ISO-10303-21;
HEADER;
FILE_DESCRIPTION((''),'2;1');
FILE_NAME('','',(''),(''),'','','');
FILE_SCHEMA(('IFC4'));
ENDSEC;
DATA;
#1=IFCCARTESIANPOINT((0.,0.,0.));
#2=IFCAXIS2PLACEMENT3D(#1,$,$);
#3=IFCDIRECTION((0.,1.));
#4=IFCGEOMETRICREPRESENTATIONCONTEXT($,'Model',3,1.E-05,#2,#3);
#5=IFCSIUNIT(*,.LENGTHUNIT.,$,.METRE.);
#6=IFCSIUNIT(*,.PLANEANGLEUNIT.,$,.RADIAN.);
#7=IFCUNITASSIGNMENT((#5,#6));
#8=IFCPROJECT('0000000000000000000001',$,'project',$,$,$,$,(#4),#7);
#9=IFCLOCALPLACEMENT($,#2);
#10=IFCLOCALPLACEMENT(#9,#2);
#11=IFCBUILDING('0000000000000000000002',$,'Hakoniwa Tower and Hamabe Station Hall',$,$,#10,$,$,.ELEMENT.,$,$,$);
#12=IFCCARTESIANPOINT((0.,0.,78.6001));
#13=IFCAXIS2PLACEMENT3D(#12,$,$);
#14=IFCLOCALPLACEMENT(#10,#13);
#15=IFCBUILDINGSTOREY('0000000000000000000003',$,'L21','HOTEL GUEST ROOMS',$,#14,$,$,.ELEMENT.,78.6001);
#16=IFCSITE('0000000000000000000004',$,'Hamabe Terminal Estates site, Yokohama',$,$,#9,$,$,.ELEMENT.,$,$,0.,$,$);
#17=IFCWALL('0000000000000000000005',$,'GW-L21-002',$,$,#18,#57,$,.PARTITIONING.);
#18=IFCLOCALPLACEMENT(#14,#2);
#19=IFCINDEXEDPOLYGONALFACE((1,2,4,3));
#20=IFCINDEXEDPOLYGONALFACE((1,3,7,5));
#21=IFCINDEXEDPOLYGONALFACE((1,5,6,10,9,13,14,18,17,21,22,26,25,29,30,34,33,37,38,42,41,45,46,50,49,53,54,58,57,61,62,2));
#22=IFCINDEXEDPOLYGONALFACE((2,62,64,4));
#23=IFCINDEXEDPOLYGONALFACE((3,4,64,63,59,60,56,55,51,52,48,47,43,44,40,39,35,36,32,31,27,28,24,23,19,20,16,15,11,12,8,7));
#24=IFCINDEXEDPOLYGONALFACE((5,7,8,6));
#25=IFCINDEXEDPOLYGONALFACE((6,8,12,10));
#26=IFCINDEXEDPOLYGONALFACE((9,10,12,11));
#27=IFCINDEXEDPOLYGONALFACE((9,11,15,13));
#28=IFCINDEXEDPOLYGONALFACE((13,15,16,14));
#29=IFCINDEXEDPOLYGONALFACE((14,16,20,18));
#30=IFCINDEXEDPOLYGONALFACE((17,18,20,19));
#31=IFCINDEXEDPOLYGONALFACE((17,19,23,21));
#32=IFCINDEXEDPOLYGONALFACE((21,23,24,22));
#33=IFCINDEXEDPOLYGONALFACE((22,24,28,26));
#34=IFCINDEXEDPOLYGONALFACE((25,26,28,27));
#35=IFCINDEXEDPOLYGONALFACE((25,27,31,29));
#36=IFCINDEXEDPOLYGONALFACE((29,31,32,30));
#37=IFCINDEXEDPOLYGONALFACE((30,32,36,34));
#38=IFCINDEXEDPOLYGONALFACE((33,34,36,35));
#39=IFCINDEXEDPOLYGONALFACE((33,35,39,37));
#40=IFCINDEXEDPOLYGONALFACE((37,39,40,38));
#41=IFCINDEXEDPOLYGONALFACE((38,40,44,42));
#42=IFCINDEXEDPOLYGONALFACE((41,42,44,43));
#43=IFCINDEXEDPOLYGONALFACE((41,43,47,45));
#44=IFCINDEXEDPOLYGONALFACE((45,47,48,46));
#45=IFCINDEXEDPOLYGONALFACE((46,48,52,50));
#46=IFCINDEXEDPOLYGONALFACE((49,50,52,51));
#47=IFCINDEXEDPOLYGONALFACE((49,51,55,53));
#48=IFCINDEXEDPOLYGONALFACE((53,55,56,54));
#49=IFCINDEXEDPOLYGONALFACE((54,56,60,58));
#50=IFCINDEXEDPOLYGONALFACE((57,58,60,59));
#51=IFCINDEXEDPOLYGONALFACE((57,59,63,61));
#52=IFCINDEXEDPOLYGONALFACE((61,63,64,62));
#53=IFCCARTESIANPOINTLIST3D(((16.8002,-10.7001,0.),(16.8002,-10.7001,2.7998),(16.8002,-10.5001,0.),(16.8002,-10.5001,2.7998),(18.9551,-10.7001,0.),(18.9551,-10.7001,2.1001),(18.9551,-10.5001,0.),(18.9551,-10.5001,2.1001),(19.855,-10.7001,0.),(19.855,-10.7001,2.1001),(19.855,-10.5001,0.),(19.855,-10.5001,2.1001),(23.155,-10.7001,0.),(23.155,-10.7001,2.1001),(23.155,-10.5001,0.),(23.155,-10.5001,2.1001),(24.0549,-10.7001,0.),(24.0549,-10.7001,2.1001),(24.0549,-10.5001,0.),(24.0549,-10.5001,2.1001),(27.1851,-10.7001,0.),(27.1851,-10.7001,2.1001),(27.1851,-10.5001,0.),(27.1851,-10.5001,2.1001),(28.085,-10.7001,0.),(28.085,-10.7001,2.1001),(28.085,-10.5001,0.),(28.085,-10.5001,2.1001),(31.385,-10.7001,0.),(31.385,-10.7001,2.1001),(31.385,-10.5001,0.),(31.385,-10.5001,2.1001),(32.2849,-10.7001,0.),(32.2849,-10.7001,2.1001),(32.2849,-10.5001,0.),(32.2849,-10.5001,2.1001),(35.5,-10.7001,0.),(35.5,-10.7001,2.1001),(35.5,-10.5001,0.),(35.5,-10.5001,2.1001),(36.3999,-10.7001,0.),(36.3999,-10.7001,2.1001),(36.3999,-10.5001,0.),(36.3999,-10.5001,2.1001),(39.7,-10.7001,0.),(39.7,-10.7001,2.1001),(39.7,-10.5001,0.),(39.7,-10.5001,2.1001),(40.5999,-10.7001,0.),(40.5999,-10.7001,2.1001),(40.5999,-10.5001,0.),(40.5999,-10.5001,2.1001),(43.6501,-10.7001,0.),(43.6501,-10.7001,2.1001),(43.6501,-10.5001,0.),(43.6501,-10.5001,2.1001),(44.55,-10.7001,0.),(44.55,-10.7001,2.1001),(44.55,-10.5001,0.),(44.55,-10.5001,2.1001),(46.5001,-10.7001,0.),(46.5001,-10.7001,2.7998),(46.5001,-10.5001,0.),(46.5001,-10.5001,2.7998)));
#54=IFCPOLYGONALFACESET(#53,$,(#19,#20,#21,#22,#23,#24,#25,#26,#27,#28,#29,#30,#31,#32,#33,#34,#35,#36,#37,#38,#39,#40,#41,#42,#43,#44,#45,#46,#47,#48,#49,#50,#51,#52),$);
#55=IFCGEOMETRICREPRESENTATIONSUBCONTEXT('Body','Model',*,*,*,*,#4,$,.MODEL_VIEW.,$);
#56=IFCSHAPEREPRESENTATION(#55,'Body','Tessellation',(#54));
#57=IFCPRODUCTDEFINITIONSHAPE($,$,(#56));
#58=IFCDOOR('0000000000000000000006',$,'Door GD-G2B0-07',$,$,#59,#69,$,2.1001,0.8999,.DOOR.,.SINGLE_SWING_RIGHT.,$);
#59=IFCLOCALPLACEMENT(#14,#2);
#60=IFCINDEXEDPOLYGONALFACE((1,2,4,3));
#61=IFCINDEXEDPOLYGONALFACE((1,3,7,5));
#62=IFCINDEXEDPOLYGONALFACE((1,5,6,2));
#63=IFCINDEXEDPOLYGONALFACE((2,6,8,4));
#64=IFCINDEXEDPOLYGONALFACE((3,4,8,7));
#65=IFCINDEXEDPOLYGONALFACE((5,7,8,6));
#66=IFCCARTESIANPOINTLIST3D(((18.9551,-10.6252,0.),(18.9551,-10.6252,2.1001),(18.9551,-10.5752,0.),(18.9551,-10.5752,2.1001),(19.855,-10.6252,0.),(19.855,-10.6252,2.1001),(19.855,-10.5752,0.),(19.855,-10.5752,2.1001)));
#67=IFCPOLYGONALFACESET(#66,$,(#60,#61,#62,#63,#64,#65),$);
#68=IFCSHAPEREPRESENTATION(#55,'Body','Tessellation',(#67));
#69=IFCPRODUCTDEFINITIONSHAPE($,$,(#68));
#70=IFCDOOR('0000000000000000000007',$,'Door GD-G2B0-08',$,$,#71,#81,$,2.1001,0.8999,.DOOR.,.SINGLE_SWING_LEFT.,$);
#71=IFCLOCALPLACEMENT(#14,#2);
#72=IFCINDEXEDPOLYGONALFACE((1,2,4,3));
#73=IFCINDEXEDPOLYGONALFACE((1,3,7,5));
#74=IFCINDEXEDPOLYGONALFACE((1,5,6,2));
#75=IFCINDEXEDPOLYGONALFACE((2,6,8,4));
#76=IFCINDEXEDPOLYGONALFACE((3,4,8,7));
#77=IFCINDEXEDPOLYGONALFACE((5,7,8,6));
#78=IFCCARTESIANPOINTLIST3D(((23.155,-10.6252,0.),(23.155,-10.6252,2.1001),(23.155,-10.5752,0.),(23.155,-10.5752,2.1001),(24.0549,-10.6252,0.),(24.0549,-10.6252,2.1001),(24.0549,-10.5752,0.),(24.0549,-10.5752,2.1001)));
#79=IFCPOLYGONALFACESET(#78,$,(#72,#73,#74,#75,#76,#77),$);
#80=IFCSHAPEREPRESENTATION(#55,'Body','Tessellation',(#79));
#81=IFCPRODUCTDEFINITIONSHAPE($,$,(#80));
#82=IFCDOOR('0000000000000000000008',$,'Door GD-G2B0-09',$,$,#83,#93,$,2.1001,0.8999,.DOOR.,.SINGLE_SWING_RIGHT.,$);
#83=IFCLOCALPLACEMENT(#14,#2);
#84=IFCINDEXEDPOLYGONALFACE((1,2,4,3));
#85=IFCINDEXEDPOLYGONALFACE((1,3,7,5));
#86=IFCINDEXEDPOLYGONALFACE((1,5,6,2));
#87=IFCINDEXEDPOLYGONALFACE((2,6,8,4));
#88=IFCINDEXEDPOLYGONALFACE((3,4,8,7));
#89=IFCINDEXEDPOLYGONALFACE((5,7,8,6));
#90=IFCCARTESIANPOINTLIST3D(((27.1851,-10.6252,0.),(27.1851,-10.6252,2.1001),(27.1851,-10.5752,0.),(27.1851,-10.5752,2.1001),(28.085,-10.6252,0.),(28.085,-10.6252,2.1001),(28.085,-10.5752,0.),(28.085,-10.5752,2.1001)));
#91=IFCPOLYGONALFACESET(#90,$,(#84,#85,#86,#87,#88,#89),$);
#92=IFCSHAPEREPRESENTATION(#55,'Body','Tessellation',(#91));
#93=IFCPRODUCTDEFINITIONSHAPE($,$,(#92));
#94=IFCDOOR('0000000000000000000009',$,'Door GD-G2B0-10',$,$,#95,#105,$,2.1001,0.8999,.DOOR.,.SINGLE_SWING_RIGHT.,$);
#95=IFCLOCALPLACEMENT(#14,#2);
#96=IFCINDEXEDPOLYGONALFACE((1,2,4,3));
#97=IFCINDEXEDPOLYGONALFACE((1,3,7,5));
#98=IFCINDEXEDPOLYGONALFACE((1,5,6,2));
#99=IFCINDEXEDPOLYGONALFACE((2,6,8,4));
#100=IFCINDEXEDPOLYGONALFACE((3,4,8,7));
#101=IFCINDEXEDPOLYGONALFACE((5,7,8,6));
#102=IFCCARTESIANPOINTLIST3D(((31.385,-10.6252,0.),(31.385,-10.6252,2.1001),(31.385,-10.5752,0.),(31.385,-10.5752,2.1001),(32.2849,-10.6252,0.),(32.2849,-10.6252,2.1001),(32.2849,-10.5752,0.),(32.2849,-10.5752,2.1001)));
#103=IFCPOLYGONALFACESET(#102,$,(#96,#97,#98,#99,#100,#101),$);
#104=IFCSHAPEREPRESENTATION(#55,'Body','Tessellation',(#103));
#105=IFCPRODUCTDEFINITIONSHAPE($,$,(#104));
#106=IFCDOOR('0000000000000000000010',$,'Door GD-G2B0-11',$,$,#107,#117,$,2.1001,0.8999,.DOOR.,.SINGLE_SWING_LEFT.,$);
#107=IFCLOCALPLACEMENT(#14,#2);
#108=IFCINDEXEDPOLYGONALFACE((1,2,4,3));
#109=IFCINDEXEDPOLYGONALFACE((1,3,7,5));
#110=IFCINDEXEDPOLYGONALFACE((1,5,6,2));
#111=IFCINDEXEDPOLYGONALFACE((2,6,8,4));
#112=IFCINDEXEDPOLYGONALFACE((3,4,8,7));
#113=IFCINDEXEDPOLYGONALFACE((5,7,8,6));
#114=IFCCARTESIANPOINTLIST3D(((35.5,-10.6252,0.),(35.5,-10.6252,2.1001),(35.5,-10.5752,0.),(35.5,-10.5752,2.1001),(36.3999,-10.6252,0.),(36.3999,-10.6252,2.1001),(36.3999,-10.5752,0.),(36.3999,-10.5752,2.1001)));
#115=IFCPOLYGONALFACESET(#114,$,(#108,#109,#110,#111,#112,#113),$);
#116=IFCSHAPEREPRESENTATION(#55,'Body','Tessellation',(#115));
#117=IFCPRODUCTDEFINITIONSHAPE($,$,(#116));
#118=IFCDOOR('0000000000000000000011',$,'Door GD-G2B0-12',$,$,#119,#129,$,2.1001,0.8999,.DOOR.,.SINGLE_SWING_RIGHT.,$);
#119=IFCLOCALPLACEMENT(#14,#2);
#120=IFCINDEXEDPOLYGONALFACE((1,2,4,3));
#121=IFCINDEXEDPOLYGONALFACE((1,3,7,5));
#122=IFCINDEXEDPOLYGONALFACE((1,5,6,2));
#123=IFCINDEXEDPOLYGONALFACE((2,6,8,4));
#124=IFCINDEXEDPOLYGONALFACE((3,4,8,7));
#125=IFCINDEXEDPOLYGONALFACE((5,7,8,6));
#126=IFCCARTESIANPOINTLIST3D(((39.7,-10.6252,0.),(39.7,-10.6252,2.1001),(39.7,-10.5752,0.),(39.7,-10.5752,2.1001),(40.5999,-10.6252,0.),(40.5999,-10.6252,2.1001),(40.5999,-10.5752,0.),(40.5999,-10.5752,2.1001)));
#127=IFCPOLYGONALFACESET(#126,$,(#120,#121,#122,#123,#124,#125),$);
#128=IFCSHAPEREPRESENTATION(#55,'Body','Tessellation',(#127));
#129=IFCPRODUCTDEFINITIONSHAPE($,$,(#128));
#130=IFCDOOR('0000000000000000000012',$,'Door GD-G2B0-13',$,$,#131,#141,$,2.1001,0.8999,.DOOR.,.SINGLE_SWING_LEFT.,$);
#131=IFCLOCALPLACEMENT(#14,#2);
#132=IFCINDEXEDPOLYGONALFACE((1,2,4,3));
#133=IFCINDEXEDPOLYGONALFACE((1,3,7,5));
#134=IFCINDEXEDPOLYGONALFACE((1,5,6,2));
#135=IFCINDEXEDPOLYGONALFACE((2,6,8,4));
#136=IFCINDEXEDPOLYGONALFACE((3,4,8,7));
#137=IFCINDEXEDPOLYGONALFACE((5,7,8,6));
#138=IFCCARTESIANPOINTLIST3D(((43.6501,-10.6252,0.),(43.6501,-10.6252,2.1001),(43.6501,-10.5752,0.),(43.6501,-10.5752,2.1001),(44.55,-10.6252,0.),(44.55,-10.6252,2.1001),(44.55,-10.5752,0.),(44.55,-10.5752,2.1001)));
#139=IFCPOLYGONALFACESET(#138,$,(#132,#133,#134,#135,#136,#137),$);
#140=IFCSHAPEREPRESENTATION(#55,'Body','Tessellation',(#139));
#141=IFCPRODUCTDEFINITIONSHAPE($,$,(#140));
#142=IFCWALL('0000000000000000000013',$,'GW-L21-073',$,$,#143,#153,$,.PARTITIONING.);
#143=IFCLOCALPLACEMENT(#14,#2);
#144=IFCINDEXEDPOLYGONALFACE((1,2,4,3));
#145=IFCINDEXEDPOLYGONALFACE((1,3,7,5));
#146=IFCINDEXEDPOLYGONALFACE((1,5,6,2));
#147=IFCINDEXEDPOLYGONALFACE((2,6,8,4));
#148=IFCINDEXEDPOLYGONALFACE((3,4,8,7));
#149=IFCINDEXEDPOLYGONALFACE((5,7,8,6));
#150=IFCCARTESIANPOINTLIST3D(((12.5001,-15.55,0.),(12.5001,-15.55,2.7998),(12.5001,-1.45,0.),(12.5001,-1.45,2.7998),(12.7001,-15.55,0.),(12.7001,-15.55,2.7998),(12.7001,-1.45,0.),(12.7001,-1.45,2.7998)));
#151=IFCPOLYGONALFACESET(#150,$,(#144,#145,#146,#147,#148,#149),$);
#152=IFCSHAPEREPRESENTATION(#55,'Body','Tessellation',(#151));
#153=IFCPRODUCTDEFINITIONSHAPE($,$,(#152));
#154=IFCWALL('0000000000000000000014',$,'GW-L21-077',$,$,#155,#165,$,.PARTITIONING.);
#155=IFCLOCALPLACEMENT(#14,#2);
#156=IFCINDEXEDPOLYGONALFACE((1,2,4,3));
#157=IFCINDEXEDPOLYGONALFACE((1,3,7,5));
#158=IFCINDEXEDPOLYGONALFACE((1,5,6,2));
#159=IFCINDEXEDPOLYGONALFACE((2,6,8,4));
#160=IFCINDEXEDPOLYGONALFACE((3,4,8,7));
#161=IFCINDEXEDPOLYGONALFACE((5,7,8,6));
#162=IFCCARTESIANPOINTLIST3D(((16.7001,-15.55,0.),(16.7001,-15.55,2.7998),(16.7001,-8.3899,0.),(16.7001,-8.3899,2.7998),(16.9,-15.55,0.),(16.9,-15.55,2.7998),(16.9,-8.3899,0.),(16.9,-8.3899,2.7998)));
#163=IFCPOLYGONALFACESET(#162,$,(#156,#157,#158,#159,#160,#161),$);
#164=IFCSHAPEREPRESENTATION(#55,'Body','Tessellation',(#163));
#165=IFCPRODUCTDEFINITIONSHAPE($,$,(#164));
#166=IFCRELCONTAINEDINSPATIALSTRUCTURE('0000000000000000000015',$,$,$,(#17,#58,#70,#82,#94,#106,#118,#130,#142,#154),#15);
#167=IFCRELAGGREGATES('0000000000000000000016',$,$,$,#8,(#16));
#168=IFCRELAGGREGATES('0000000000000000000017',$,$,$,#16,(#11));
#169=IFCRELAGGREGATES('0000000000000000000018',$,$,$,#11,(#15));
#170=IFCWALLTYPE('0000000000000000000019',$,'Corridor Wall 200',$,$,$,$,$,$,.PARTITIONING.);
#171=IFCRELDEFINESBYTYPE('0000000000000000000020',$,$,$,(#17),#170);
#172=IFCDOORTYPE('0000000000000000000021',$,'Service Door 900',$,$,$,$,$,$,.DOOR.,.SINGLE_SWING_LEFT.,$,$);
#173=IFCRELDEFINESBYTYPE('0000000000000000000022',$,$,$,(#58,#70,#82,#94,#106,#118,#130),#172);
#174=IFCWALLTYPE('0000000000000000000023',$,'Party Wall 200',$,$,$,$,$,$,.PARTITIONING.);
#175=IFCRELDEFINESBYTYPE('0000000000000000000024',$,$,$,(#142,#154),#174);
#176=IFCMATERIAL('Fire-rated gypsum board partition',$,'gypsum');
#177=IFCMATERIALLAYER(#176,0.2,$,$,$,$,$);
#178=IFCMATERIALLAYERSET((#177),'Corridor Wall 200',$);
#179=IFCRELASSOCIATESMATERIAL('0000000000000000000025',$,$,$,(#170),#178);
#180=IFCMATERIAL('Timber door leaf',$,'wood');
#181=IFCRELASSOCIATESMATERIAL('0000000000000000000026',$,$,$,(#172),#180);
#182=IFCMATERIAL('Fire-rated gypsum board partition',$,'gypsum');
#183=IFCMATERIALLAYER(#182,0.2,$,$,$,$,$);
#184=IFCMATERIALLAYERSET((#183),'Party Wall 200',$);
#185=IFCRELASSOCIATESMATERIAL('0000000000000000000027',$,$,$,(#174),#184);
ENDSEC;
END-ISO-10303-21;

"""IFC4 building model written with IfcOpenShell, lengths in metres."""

from ifc_helpers import new_model, si_unit, direction, frame, frame_2d, origin, place, context, subcontext, project, spatial, rectangle, extrude, material, layer, layer_set, type_object, element, fill, save


model = new_model("IFC4")

# Units and contexts
model_context = context("Model", 3, precision=1e-05, world=origin(), true_north=direction((0.0, 1.0)))
body_context = subcontext(model_context, "Body", "Model", "MODEL_VIEW")
ifc_project = project(units=[si_unit("LENGTHUNIT", "METRE"), si_unit("PLANEANGLEUNIT", "RADIAN")], contexts=[model_context])

# Site, building, storey
site_placement = place(None, origin())
site = spatial("IfcSite", under=ifc_project, at=site_placement, Name="Hamabe Terminal Estates site, Yokohama", CompositionType="ELEMENT", RefElevation=0.0)
building_placement = place(site_placement, origin())
building = spatial("IfcBuilding", under=site, at=building_placement, Name="Hakoniwa Tower and Hamabe Station Hall", CompositionType="ELEMENT")
storey_placement = place(building_placement, frame((0.0, 0.0, 78.6001)))
storey = spatial("IfcBuildingStorey", under=building, at=storey_placement, Name="L21", Description="HOTEL GUEST ROOMS", CompositionType="ELEMENT", Elevation=78.6001)

# Wall, openings, doors
ifc_material_1 = material(Name="Fire-rated gypsum board partition", Category="gypsum")
ifc_layer_1 = layer(ifc_material_1, 0.2)
ifc_layer_set_1 = layer_set([ifc_layer_1], Name="Corridor Wall 200")
wall_type_1 = type_object("IfcWallType", Name="Corridor Wall 200", PredefinedType="PARTITIONING", material=ifc_layer_set_1)
wall_1_placement = place(storey_placement, frame((16.8, -10.6001, 0.0), z_axis=(0.0, 0.0, 1.0), x_axis=(1.0, 0.0, 0.0)))
wall_1 = element("IfcWall", 1, at=wall_1_placement, inside=storey, type_object=wall_type_1, Name="GW-L21-002", PredefinedType="PARTITIONING", context=body_context, shape_type="SweptSolid", body=[
    extrude(rectangle(XDim=29.7, YDim=0.2, at=frame_2d((14.8501, 0.0))), origin(), (0.0, 0.0, 1.0), 2.7998),
])
opening_1_placement = place(wall_1_placement, frame((2.155, 0.0, 0.0)))
opening_1 = element("IfcOpeningElement", 2, at=opening_1_placement, cuts=wall_1, PredefinedType="OPENING", context=body_context, shape_type="SweptSolid", body=[
    extrude(rectangle(XDim=0.8999, YDim=2.1001, at=frame_2d((0.45, 1.05))), frame((0.0, 0.1099, 0.0), z_axis=(0.0, -1.0, 0.0), x_axis=(1.0, 0.0, 0.0)), (0.0, 0.0, 1.0), 0.22),
])
opening_2_placement = place(wall_1_placement, frame((6.355, 0.0, 0.0)))
opening_2 = element("IfcOpeningElement", 3, at=opening_2_placement, cuts=wall_1, PredefinedType="OPENING", context=body_context, shape_type="SweptSolid", body=[
    extrude(rectangle(XDim=0.8999, YDim=2.1001, at=frame_2d((0.45, 1.05))), frame((0.0, 0.1099, 0.0), z_axis=(0.0, -1.0, 0.0), x_axis=(1.0, 0.0, 0.0)), (0.0, 0.0, 1.0), 0.22),
])
opening_3_placement = place(wall_1_placement, frame((10.385, 0.0, 0.0)))
opening_3 = element("IfcOpeningElement", 4, at=opening_3_placement, cuts=wall_1, PredefinedType="OPENING", context=body_context, shape_type="SweptSolid", body=[
    extrude(rectangle(XDim=0.8999, YDim=2.1001, at=frame_2d((0.45, 1.05))), frame((0.0, 0.1099, 0.0), z_axis=(0.0, -1.0, 0.0), x_axis=(1.0, 0.0, 0.0)), (0.0, 0.0, 1.0), 0.22),
])
opening_4_placement = place(wall_1_placement, frame((14.585, 0.0, 0.0)))
opening_4 = element("IfcOpeningElement", 5, at=opening_4_placement, cuts=wall_1, PredefinedType="OPENING", context=body_context, shape_type="SweptSolid", body=[
    extrude(rectangle(XDim=0.8999, YDim=2.1001, at=frame_2d((0.45, 1.05))), frame((0.0, 0.1099, 0.0), z_axis=(0.0, -1.0, 0.0), x_axis=(1.0, 0.0, 0.0)), (0.0, 0.0, 1.0), 0.22),
])
opening_5_placement = place(wall_1_placement, frame((18.7, 0.0, 0.0)))
opening_5 = element("IfcOpeningElement", 6, at=opening_5_placement, cuts=wall_1, PredefinedType="OPENING", context=body_context, shape_type="SweptSolid", body=[
    extrude(rectangle(XDim=0.8999, YDim=2.1001, at=frame_2d((0.45, 1.05))), frame((0.0, 0.1099, 0.0), z_axis=(0.0, -1.0, 0.0), x_axis=(1.0, 0.0, 0.0)), (0.0, 0.0, 1.0), 0.22),
])
opening_6_placement = place(wall_1_placement, frame((22.8999, 0.0, 0.0)))
opening_6 = element("IfcOpeningElement", 7, at=opening_6_placement, cuts=wall_1, PredefinedType="OPENING", context=body_context, shape_type="SweptSolid", body=[
    extrude(rectangle(XDim=0.8999, YDim=2.1001, at=frame_2d((0.45, 1.05))), frame((0.0, 0.1099, 0.0), z_axis=(0.0, -1.0, 0.0), x_axis=(1.0, 0.0, 0.0)), (0.0, 0.0, 1.0), 0.22),
])
opening_7_placement = place(wall_1_placement, frame((26.8501, 0.0, 0.0)))
opening_7 = element("IfcOpeningElement", 8, at=opening_7_placement, cuts=wall_1, PredefinedType="OPENING", context=body_context, shape_type="SweptSolid", body=[
    extrude(rectangle(XDim=0.8999, YDim=2.1001, at=frame_2d((0.45, 1.05))), frame((0.0, 0.1099, 0.0), z_axis=(0.0, -1.0, 0.0), x_axis=(1.0, 0.0, 0.0)), (0.0, 0.0, 1.0), 0.22),
])
ifc_material_2 = material(Name="Timber door leaf", Category="wood")
door_type_1 = type_object("IfcDoorType", Name="Service Door 900", OperationType="SINGLE_SWING_LEFT", PredefinedType="DOOR", material=ifc_material_2)
door_1_placement = place(opening_1_placement, origin())
door_1 = element("IfcDoor", 9, at=door_1_placement, inside=storey, type_object=door_type_1, Name="Door GD-G2B0-07", OperationType="SINGLE_SWING_RIGHT", OverallHeight=2.1001, OverallWidth=0.8999, PredefinedType="DOOR", context=body_context, shape_type="SweptSolid", body=[
    extrude(rectangle(XDim=0.8999, YDim=2.1001, at=frame_2d((0.45, 1.05))), frame((0.0, 0.0249, 0.0), z_axis=(0.0, -1.0, 0.0), x_axis=(1.0, 0.0, 0.0)), (0.0, 0.0, 1.0), 0.05),
])
fill(opening_1, door_1)
door_2_placement = place(opening_2_placement, origin())
door_2 = element("IfcDoor", 10, at=door_2_placement, inside=storey, type_object=door_type_1, Name="Door GD-G2B0-08", OperationType="SINGLE_SWING_LEFT", OverallHeight=2.1001, OverallWidth=0.8999, PredefinedType="DOOR", context=body_context, shape_type="SweptSolid", body=[
    extrude(rectangle(XDim=0.8999, YDim=2.1001, at=frame_2d((0.45, 1.05))), frame((0.0, 0.0249, 0.0), z_axis=(0.0, -1.0, 0.0), x_axis=(1.0, 0.0, 0.0)), (0.0, 0.0, 1.0), 0.05),
])
fill(opening_2, door_2)
door_3_placement = place(opening_3_placement, origin())
door_3 = element("IfcDoor", 11, at=door_3_placement, inside=storey, type_object=door_type_1, Name="Door GD-G2B0-09", OperationType="SINGLE_SWING_RIGHT", OverallHeight=2.1001, OverallWidth=0.8999, PredefinedType="DOOR", context=body_context, shape_type="SweptSolid", body=[
    extrude(rectangle(XDim=0.8999, YDim=2.1001, at=frame_2d((0.45, 1.05))), frame((0.0, 0.0249, 0.0), z_axis=(0.0, -1.0, 0.0), x_axis=(1.0, 0.0, 0.0)), (0.0, 0.0, 1.0), 0.05),
])
fill(opening_3, door_3)
door_4_placement = place(opening_4_placement, origin())
door_4 = element("IfcDoor", 12, at=door_4_placement, inside=storey, type_object=door_type_1, Name="Door GD-G2B0-10", OperationType="SINGLE_SWING_RIGHT", OverallHeight=2.1001, OverallWidth=0.8999, PredefinedType="DOOR", context=body_context, shape_type="SweptSolid", body=[
    extrude(rectangle(XDim=0.8999, YDim=2.1001, at=frame_2d((0.45, 1.05))), frame((0.0, 0.0249, 0.0), z_axis=(0.0, -1.0, 0.0), x_axis=(1.0, 0.0, 0.0)), (0.0, 0.0, 1.0), 0.05),
])
fill(opening_4, door_4)
door_5_placement = place(opening_5_placement, origin())
door_5 = element("IfcDoor", 13, at=door_5_placement, inside=storey, type_object=door_type_1, Name="Door GD-G2B0-11", OperationType="SINGLE_SWING_LEFT", OverallHeight=2.1001, OverallWidth=0.8999, PredefinedType="DOOR", context=body_context, shape_type="SweptSolid", body=[
    extrude(rectangle(XDim=0.8999, YDim=2.1001, at=frame_2d((0.45, 1.05))), frame((0.0, 0.0249, 0.0), z_axis=(0.0, -1.0, 0.0), x_axis=(1.0, 0.0, 0.0)), (0.0, 0.0, 1.0), 0.05),
])
fill(opening_5, door_5)
door_6_placement = place(opening_6_placement, origin())
door_6 = element("IfcDoor", 14, at=door_6_placement, inside=storey, type_object=door_type_1, Name="Door GD-G2B0-12", OperationType="SINGLE_SWING_RIGHT", OverallHeight=2.1001, OverallWidth=0.8999, PredefinedType="DOOR", context=body_context, shape_type="SweptSolid", body=[
    extrude(rectangle(XDim=0.8999, YDim=2.1001, at=frame_2d((0.45, 1.05))), frame((0.0, 0.0249, 0.0), z_axis=(0.0, -1.0, 0.0), x_axis=(1.0, 0.0, 0.0)), (0.0, 0.0, 1.0), 0.05),
])
fill(opening_6, door_6)
door_7_placement = place(opening_7_placement, origin())
door_7 = element("IfcDoor", 15, at=door_7_placement, inside=storey, type_object=door_type_1, Name="Door GD-G2B0-13", OperationType="SINGLE_SWING_LEFT", OverallHeight=2.1001, OverallWidth=0.8999, PredefinedType="DOOR", context=body_context, shape_type="SweptSolid", body=[
    extrude(rectangle(XDim=0.8999, YDim=2.1001, at=frame_2d((0.45, 1.05))), frame((0.0, 0.0249, 0.0), z_axis=(0.0, -1.0, 0.0), x_axis=(1.0, 0.0, 0.0)), (0.0, 0.0, 1.0), 0.05),
])
fill(opening_7, door_7)

# Walls
ifc_material_3 = material(Name="Fire-rated gypsum board partition", Category="gypsum")
ifc_layer_2 = layer(ifc_material_3, 0.2)
ifc_layer_set_2 = layer_set([ifc_layer_2], Name="Party Wall 200")
wall_type_2 = type_object("IfcWallType", Name="Party Wall 200", PredefinedType="PARTITIONING", material=ifc_layer_set_2)
wall_2_placement = place(storey_placement, frame((12.6001, -15.55, 0.0), z_axis=(0.0, 0.0, 1.0), x_axis=(0.0, 1.0, 0.0)))
element("IfcWall", 16, at=wall_2_placement, inside=storey, type_object=wall_type_2, Name="GW-L21-073", PredefinedType="PARTITIONING", context=body_context, shape_type="SweptSolid", body=[
    extrude(rectangle(XDim=14.1001, YDim=0.2, at=frame_2d((7.05, 0.0))), origin(), (0.0, 0.0, 1.0), 2.7998),
])
wall_3_placement = place(storey_placement, frame((16.8, -15.55, 0.0), z_axis=(0.0, 0.0, 1.0), x_axis=(0.0, 1.0, 0.0)))
element("IfcWall", 17, at=wall_3_placement, inside=storey, type_object=wall_type_2, Name="GW-L21-077", PredefinedType="PARTITIONING", context=body_context, shape_type="SweptSolid", body=[
    extrude(rectangle(XDim=7.1602, YDim=0.2, at=frame_2d((3.5801, 0.0))), origin(), (0.0, 0.0, 1.0), 2.7998),
])

save(model, "model.ifc")
